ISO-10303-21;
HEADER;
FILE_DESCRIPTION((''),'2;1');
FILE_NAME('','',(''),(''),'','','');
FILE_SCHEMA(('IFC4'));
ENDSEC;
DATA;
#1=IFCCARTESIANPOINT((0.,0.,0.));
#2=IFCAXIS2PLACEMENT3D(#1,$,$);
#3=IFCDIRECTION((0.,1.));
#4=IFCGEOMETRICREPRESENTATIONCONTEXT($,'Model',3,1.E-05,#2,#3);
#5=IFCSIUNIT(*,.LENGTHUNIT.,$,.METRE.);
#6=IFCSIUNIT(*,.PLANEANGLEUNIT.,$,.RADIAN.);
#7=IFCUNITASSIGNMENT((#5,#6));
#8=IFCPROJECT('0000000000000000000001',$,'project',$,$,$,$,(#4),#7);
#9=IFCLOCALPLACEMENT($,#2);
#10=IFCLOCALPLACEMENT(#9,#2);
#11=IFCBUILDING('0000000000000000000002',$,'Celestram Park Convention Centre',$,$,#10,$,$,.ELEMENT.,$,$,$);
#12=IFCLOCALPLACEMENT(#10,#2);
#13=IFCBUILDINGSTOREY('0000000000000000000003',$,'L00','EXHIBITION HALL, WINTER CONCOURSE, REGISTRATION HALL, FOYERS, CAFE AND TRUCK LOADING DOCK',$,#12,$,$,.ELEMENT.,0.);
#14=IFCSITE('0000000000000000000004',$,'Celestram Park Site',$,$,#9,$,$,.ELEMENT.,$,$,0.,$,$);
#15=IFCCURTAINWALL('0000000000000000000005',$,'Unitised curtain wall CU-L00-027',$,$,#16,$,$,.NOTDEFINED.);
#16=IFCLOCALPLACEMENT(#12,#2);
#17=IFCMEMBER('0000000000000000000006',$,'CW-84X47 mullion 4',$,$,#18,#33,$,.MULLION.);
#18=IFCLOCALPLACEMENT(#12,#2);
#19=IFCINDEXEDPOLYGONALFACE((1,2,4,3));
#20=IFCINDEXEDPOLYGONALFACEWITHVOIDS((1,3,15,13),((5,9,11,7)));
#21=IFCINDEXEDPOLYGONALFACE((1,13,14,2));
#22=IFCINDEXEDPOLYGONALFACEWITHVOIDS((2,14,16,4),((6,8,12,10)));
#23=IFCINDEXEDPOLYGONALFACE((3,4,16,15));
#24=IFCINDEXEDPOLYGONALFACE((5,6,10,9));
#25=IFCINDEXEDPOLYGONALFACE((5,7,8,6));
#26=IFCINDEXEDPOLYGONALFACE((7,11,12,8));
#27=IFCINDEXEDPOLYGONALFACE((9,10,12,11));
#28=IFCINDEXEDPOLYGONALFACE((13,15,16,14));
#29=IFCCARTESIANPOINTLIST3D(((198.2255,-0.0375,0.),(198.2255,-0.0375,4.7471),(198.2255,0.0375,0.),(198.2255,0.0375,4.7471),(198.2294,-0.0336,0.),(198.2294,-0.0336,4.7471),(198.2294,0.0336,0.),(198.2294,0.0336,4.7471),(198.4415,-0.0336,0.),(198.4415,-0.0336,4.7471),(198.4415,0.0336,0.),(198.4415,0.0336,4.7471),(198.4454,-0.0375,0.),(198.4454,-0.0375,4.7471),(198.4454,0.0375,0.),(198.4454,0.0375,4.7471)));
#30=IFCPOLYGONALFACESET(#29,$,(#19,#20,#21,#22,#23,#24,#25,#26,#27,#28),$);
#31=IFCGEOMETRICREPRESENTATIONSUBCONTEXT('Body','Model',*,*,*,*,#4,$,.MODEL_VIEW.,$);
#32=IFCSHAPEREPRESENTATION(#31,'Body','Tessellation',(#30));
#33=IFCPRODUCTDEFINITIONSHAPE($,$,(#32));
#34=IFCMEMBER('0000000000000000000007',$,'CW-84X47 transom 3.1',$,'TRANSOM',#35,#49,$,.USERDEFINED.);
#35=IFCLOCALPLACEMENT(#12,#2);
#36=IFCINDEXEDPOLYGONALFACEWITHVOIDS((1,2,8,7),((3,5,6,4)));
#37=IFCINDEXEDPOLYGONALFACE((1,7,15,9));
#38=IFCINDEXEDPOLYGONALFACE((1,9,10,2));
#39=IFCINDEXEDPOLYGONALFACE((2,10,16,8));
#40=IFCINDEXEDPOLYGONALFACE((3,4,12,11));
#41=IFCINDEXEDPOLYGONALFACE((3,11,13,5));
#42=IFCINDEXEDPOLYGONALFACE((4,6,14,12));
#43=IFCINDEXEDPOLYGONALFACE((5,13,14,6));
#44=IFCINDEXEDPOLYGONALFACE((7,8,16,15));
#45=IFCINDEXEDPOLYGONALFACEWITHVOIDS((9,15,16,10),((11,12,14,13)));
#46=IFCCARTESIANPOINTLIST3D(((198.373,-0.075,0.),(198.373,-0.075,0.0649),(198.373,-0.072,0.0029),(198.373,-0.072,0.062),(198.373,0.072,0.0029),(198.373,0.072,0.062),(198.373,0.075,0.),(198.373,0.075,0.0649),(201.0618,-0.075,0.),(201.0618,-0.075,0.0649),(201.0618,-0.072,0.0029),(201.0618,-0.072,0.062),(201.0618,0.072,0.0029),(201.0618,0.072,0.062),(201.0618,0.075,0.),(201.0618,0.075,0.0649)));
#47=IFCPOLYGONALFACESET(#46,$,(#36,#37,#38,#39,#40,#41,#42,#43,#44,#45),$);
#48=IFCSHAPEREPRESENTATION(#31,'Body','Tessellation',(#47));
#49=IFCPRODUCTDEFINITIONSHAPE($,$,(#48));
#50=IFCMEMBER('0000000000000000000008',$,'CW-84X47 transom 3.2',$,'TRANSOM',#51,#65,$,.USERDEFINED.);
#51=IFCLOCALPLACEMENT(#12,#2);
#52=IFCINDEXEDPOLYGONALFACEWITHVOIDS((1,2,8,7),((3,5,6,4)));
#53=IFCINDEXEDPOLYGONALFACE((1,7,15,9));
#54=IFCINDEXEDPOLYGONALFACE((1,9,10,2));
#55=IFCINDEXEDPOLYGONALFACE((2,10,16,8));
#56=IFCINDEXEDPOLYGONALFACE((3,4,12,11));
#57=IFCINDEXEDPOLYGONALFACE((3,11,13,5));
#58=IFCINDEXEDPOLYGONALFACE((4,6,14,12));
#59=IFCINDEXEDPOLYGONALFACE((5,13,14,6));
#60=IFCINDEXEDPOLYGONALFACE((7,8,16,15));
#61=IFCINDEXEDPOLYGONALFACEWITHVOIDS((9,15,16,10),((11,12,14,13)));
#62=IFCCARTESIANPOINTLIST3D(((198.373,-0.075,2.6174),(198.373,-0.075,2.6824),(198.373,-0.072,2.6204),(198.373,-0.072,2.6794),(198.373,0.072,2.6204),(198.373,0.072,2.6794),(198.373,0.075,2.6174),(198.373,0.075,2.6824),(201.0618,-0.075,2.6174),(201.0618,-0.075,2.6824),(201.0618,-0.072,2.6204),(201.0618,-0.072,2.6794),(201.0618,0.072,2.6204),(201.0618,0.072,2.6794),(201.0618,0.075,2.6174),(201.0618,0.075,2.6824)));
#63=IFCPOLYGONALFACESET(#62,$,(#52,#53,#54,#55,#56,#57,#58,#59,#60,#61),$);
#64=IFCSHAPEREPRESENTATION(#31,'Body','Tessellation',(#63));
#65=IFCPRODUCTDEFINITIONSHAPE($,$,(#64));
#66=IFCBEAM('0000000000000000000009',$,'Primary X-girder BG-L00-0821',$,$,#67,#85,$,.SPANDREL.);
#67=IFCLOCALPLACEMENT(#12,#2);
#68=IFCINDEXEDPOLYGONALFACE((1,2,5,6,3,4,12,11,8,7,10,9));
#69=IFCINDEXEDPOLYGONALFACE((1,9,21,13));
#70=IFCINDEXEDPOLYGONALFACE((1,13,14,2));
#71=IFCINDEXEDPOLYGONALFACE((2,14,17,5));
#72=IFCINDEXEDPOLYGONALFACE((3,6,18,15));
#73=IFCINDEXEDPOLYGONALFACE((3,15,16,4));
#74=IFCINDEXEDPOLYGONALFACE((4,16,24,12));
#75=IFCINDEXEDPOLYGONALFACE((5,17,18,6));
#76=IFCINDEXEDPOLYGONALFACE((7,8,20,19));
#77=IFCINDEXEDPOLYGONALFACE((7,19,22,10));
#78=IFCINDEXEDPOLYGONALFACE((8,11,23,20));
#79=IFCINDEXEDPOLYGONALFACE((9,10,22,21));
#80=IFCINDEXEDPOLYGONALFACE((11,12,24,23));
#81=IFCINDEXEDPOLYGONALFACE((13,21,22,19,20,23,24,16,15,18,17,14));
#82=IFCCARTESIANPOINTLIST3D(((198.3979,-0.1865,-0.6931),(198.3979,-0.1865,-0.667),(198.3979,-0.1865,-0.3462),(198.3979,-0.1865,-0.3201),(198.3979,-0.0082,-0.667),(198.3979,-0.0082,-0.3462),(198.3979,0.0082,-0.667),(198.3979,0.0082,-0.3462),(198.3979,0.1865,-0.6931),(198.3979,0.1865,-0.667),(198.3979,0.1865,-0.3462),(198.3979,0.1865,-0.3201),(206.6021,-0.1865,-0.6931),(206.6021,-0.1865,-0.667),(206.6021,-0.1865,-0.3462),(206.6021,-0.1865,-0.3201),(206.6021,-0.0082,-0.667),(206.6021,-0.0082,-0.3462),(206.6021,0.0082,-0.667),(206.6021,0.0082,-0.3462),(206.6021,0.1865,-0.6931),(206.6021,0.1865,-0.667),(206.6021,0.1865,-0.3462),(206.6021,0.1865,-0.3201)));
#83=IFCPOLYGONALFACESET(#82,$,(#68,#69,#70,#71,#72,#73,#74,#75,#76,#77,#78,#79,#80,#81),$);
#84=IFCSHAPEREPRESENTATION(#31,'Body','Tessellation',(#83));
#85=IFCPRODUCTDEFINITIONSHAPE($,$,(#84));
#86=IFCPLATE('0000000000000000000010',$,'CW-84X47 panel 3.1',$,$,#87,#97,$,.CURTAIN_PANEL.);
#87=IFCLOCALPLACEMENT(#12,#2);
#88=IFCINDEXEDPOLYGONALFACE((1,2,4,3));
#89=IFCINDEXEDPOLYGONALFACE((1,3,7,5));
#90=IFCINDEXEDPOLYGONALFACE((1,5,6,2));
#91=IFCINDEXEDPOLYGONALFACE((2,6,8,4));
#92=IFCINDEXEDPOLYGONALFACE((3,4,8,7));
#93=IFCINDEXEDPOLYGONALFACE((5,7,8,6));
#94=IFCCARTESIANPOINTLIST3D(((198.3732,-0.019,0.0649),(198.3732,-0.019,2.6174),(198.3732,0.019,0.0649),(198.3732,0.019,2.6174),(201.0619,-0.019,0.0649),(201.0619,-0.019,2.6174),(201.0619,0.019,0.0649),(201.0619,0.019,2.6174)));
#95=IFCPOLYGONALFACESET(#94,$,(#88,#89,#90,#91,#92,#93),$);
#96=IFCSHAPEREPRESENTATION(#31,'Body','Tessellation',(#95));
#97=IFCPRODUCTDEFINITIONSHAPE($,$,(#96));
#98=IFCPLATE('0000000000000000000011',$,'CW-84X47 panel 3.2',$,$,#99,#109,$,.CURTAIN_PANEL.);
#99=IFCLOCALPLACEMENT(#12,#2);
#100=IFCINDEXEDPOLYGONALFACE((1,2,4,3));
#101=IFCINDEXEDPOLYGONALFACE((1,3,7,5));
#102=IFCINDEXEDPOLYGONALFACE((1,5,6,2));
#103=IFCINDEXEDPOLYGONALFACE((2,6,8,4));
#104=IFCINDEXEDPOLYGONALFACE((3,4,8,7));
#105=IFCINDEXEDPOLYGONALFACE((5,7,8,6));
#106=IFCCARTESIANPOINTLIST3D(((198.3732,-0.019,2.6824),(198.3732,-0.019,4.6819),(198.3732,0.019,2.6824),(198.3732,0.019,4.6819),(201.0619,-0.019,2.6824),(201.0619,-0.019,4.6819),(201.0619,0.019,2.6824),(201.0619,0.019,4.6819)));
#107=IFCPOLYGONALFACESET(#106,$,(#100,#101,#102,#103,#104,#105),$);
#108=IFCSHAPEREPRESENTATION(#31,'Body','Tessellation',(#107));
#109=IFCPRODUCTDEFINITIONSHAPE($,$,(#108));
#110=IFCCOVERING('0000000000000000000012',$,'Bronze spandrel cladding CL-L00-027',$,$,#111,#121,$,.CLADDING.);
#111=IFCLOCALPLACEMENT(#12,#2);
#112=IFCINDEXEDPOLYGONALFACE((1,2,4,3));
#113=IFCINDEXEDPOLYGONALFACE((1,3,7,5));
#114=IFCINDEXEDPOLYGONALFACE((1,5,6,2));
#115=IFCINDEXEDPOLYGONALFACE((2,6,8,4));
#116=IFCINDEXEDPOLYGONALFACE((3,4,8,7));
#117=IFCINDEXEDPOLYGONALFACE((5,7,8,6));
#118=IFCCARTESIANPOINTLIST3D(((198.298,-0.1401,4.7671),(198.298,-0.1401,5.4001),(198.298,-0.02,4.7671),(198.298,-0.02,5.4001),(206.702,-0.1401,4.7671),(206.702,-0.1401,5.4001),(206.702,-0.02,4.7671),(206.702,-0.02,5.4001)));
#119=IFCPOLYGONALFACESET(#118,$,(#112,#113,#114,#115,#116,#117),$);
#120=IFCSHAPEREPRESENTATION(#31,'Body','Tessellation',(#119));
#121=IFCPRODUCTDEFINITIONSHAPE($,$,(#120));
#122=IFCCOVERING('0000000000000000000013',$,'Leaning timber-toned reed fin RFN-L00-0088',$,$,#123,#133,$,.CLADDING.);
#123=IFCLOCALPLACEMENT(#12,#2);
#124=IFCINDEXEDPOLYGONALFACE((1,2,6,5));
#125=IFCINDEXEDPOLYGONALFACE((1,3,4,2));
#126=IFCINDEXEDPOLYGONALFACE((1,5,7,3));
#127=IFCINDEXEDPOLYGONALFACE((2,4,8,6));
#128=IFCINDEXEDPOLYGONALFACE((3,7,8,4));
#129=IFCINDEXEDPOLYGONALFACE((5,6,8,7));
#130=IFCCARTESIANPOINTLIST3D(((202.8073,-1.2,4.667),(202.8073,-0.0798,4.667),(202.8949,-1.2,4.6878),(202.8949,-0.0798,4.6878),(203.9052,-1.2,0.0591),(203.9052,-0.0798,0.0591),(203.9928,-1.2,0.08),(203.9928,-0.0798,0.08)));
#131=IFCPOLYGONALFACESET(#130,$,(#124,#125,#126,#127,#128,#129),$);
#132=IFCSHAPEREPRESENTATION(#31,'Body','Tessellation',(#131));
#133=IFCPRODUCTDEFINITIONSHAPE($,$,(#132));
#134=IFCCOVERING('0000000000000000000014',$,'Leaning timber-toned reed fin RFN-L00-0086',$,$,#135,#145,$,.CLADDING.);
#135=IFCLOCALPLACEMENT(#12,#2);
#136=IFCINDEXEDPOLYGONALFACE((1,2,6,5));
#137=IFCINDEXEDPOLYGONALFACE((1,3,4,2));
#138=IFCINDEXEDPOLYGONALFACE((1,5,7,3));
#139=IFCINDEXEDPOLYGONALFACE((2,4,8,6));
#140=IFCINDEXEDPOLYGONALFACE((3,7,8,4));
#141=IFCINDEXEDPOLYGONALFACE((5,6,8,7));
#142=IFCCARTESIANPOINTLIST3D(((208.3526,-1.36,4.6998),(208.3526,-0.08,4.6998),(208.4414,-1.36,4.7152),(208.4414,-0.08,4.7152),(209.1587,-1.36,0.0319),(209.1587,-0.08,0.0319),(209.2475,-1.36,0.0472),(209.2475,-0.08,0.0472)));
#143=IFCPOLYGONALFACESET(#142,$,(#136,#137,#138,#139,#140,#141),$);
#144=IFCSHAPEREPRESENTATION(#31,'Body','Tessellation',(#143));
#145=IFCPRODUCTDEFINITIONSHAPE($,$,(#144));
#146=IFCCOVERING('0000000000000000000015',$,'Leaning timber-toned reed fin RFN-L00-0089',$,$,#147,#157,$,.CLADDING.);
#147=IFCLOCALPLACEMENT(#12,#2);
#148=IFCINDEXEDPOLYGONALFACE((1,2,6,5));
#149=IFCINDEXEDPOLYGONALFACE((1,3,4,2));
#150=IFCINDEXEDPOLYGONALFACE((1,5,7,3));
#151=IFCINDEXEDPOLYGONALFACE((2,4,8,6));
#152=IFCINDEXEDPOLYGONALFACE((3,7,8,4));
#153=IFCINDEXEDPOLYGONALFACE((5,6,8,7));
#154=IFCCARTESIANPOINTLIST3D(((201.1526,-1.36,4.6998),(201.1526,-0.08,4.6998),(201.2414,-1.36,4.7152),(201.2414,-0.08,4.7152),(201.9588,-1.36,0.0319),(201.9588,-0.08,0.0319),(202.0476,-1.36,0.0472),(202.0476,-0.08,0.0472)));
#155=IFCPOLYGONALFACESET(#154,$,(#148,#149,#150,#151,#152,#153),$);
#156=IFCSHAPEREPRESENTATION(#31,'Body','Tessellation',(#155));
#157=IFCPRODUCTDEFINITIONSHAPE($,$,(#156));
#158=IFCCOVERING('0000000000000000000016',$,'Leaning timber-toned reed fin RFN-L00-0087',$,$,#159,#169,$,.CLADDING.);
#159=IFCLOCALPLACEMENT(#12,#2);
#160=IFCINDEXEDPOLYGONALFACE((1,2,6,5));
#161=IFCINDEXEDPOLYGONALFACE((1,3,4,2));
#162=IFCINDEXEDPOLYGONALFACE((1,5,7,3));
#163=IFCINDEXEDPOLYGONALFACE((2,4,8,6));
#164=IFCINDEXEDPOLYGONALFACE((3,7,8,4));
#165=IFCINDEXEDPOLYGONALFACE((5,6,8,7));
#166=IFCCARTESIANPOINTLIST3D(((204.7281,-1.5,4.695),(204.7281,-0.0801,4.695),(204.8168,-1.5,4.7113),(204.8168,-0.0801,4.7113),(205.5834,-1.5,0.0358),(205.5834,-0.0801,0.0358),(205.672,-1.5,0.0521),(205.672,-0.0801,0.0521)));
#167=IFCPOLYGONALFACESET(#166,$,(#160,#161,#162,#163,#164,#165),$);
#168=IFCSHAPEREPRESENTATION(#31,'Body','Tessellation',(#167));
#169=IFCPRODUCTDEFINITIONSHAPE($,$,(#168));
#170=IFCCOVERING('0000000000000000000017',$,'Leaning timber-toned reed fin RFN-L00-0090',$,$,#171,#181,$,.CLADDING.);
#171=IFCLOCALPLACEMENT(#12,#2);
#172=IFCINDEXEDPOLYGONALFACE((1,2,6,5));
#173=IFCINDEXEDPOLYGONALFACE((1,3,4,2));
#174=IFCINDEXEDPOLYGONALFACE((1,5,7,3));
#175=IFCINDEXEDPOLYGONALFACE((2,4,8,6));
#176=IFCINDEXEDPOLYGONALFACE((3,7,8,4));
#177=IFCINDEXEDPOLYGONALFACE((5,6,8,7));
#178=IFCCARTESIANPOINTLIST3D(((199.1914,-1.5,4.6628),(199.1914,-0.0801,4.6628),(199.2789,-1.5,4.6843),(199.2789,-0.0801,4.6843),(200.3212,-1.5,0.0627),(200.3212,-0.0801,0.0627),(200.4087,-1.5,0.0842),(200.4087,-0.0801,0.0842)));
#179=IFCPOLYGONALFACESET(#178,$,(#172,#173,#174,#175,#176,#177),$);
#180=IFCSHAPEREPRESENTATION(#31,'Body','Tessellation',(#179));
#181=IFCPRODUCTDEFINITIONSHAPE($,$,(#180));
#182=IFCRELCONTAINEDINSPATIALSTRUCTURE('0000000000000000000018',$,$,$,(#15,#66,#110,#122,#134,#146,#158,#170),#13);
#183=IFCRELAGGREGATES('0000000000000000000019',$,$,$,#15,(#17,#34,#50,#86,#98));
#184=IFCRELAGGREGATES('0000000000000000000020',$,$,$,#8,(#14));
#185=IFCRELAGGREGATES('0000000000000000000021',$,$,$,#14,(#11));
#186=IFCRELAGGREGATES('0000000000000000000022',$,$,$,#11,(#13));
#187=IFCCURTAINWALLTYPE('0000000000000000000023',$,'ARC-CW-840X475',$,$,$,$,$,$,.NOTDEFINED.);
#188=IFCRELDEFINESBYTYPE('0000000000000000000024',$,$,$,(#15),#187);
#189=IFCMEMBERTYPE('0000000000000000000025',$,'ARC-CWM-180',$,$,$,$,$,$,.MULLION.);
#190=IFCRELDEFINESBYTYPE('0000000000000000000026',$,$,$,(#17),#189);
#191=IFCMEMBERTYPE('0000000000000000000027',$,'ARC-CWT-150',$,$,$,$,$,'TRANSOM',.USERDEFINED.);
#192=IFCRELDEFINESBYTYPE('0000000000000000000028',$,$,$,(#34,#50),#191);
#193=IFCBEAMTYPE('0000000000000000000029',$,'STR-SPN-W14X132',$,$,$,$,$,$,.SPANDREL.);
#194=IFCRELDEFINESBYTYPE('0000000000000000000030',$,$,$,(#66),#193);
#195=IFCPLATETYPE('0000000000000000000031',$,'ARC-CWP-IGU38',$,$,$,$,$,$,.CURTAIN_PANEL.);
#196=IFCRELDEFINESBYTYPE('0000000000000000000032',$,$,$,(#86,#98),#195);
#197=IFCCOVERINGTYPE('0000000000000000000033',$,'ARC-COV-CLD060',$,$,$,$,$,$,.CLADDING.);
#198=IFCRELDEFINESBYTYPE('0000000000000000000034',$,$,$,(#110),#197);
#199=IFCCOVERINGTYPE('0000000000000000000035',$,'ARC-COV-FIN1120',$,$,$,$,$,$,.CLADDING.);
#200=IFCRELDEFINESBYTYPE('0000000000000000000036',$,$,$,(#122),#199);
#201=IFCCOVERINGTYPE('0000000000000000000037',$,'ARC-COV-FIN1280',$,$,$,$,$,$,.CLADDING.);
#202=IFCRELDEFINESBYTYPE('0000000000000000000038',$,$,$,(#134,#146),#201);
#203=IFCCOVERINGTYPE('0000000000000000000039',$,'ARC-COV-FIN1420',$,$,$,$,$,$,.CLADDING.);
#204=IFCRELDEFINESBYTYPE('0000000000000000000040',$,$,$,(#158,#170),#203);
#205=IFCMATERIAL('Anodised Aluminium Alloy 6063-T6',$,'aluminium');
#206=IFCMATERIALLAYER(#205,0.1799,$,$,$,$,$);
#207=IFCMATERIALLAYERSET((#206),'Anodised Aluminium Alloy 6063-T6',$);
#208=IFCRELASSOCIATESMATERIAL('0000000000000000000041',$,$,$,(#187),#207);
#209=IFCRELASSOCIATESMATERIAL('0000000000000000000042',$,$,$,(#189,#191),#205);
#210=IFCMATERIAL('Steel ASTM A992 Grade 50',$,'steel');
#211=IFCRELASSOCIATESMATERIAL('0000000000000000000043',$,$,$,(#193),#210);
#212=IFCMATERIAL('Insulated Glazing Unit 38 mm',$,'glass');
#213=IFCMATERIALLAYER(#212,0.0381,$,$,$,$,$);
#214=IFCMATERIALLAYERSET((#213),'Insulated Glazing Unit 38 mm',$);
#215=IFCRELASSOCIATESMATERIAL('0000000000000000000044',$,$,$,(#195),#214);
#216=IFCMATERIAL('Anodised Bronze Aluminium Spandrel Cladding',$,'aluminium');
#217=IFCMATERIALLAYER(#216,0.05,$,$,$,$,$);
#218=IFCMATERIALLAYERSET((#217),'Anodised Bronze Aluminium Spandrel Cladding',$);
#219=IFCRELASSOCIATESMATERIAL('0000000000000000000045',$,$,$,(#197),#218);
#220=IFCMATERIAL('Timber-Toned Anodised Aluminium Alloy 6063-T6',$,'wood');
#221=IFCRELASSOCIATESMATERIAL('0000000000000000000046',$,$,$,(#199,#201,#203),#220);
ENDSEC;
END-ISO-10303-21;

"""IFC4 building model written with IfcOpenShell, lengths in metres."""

from ifc_helpers import new_model, si_unit, direction, frame, origin, origin_2d, place, context, subcontext, project, spatial, rectangle, hollow_rectangle, i_section, extrude, material, layer, layer_set, material_profile, profile_set, type_object, element, aggregate, save


model = new_model("IFC4")

# Units and contexts
model_context = context("Model", 3, precision=1e-05, world=origin(), true_north=direction((0.0, 1.0)))
body_context = subcontext(model_context, "Body", "Model", "MODEL_VIEW")
ifc_project = project(units=[si_unit("LENGTHUNIT", "METRE"), si_unit("PLANEANGLEUNIT", "RADIAN")], contexts=[model_context])

# Site, building, storey
site_placement = place(None, origin())
site = spatial("IfcSite", under=ifc_project, at=site_placement, Name="Celestram Park Site", CompositionType="ELEMENT", RefElevation=0.0)
building_placement = place(site_placement, origin())
building = spatial("IfcBuilding", under=site, at=building_placement, Name="Celestram Park Convention Centre", CompositionType="ELEMENT")
storey_placement = place(building_placement, origin())
storey = spatial("IfcBuildingStorey", under=building, at=storey_placement, Name="L00", Description="EXHIBITION HALL, WINTER CONCOURSE, REGISTRATION HALL, FOYERS, CAFE AND TRUCK LOADING DOCK", CompositionType="ELEMENT", Elevation=0.0)

# Curtain wall, members
ifc_material_1 = material(Name="Anodised Aluminium Alloy 6063-T6", Category="aluminium")
ifc_layer_1 = layer(ifc_material_1, 0.1799)
ifc_layer_set_1 = layer_set([ifc_layer_1], Name="Anodised Aluminium Alloy 6063-T6")
curtain_wall_type = type_object("IfcCurtainWallType", Name="ARC-CW-840X475", PredefinedType="NOTDEFINED", material=ifc_layer_set_1)
curtain_wall_placement = place(storey_placement, origin())
curtain_wall = element("IfcCurtainWall", 1, at=curtain_wall_placement, inside=storey, type_object=curtain_wall_type, Name="Unitised curtain wall CU-L00-027", PredefinedType="NOTDEFINED")
ifc_material_profile_1 = material_profile(ifc_material_1, hollow_rectangle(XDim=0.075, YDim=0.22, WallThickness=0.0039, at=origin_2d()), Name="ALU75X220X4")
ifc_profile_set_1 = profile_set([ifc_material_profile_1], Name="Anodised Aluminium Alloy 6063-T6")
member_type_1 = type_object("IfcMemberType", Name="ARC-CWM-180", PredefinedType="MULLION", material=ifc_profile_set_1)
member_1_placement = place(storey_placement, frame((198.3354, 0.0, 0.0), z_axis=(0.0, 0.0, 1.0), x_axis=(0.0, -1.0, 0.0)))
member_1 = element("IfcMember", 2, at=member_1_placement, type_object=member_type_1, Name="CW-84X47 mullion 4", PredefinedType="MULLION", context=body_context, shape_type="SweptSolid", body=[
    extrude(hollow_rectangle(XDim=0.075, YDim=0.22, WallThickness=0.0039, at=origin_2d()), origin(), (0.0, 0.0, 1.0), 4.7471),
])
ifc_material_profile_2 = material_profile(ifc_material_1, hollow_rectangle(XDim=0.1499, YDim=0.0649, WallThickness=0.0029, at=origin_2d()), Name="ALU150X65X3")
ifc_profile_set_2 = profile_set([ifc_material_profile_2], Name="Anodised Aluminium Alloy 6063-T6")
member_type_2 = type_object("IfcMemberType", Name="ARC-CWT-150", ElementType="TRANSOM", PredefinedType="USERDEFINED", material=ifc_profile_set_2)
member_2_placement = place(storey_placement, frame((201.0618, 0.0, 0.0325), z_axis=(-1.0, 0.0, 0.0), x_axis=(0.0, -1.0, 0.0)))
member_2 = element("IfcMember", 3, at=member_2_placement, type_object=member_type_2, Name="CW-84X47 transom 3.1", ObjectType="TRANSOM", PredefinedType="USERDEFINED", context=body_context, shape_type="SweptSolid", body=[
    extrude(hollow_rectangle(XDim=0.1499, YDim=0.0649, WallThickness=0.0029, at=origin_2d()), origin(), (0.0, 0.0, 1.0), 2.6887),
])
member_3_placement = place(storey_placement, frame((201.0618, 0.0, 2.6499), z_axis=(-1.0, 0.0, 0.0), x_axis=(0.0, -1.0, 0.0)))
member_3 = element("IfcMember", 4, at=member_3_placement, type_object=member_type_2, Name="CW-84X47 transom 3.2", ObjectType="TRANSOM", PredefinedType="USERDEFINED", context=body_context, shape_type="SweptSolid", body=[
    extrude(hollow_rectangle(XDim=0.1499, YDim=0.0649, WallThickness=0.0029, at=origin_2d()), origin(), (0.0, 0.0, 1.0), 2.6887),
])

# Beam
ifc_material_2 = material(Name="Steel ASTM A992 Grade 50", Category="steel")
ifc_material_profile_3 = material_profile(ifc_material_2, i_section(OverallWidth=0.373, OverallDepth=0.373, WebThickness=0.0164, FlangeThickness=0.0261, at=origin_2d()), Name="W14X132")
ifc_profile_set_3 = profile_set([ifc_material_profile_3], Name="Steel ASTM A992 Grade 50")
beam_type = type_object("IfcBeamType", Name="STR-SPN-W14X132", PredefinedType="SPANDREL", material=ifc_profile_set_3)
beam_placement = place(storey_placement, frame((198.3979, 0.0, -0.5066), z_axis=(1.0, 0.0, 0.0), x_axis=(0.0, 1.0, 0.0)))
element("IfcBeam", 5, at=beam_placement, inside=storey, type_object=beam_type, Name="Primary X-girder BG-L00-0821", PredefinedType="SPANDREL", context=body_context, shape_type="SweptSolid", body=[
    extrude(i_section(OverallWidth=0.373, OverallDepth=0.373, WebThickness=0.0164, FlangeThickness=0.0261, at=origin_2d()), origin(), (0.0, 0.0, 1.0), 8.2041),
])

# Plates
ifc_material_3 = material(Name="Insulated Glazing Unit 38 mm", Category="glass")
ifc_layer_2 = layer(ifc_material_3, 0.0381)
ifc_layer_set_2 = layer_set([ifc_layer_2], Name="Insulated Glazing Unit 38 mm")
plate_type = type_object("IfcPlateType", Name="ARC-CWP-IGU38", PredefinedType="CURTAIN_PANEL", material=ifc_layer_set_2)
plate_1_placement = place(storey_placement, frame((199.7175, 0.0, 0.0649), z_axis=(0.0, 0.0, 1.0), x_axis=(-1.0, 0.0, 0.0)))
plate_1 = element("IfcPlate", 6, at=plate_1_placement, type_object=plate_type, Name="CW-84X47 panel 3.1", PredefinedType="CURTAIN_PANEL", context=body_context, shape_type="SweptSolid", body=[
    extrude(rectangle(XDim=2.6887, YDim=0.0381, at=origin_2d()), origin(), (0.0, 0.0, 1.0), 2.5525),
])
plate_2_placement = place(storey_placement, frame((199.7175, 0.0, 2.6824), z_axis=(0.0, 0.0, 1.0), x_axis=(-1.0, 0.0, 0.0)))
plate_2 = element("IfcPlate", 7, at=plate_2_placement, type_object=plate_type, Name="CW-84X47 panel 3.2", PredefinedType="CURTAIN_PANEL", context=body_context, shape_type="SweptSolid", body=[
    extrude(rectangle(XDim=2.6887, YDim=0.0381, at=origin_2d()), origin(), (0.0, 0.0, 1.0), 1.9995),
])
aggregate(curtain_wall, [member_1, member_2, member_3, plate_1, plate_2])

# Coverings
ifc_material_4 = material(Name="Anodised Bronze Aluminium Spandrel Cladding", Category="aluminium")
ifc_layer_3 = layer(ifc_material_4, 0.05)
ifc_layer_set_3 = layer_set([ifc_layer_3], Name="Anodised Bronze Aluminium Spandrel Cladding")
covering_type_1 = type_object("IfcCoveringType", Name="ARC-COV-CLD060", PredefinedType="CLADDING", material=ifc_layer_set_3)
covering_1_placement = place(storey_placement, frame((202.5, -0.0801, 4.7671), z_axis=(0.0, 0.0, 1.0), x_axis=(-1.0, 0.0, 0.0)))
element("IfcCovering", 8, at=covering_1_placement, inside=storey, type_object=covering_type_1, Name="Bronze spandrel cladding CL-L00-027", PredefinedType="CLADDING", context=body_context, shape_type="SweptSolid", body=[
    extrude(rectangle(XDim=8.4041, YDim=0.1201, at=origin_2d()), origin(), (0.0, 0.0, 1.0), 0.6331),
])
ifc_material_5 = material(Name="Timber-Toned Anodised Aluminium Alloy 6063-T6", Category="wood")
ifc_material_profile_4 = material_profile(ifc_material_5, rectangle(XDim=1.1201, YDim=0.0901, at=origin_2d()), Name="REED1120X90")
ifc_profile_set_4 = profile_set([ifc_material_profile_4], Name="Timber-Toned Anodised Aluminium Alloy 6063-T6")
covering_type_2 = type_object("IfcCoveringType", Name="ARC-COV-FIN1120", PredefinedType="CLADDING", material=ifc_profile_set_4)
covering_2_placement = place(storey_placement, frame((203.949, -0.6399, 0.0696), z_axis=(-0.231776, 0.0, 0.972769), x_axis=(0.0, -1.0, 0.0)))
element("IfcCovering", 9, at=covering_2_placement, inside=storey, type_object=covering_type_2, Name="Leaning timber-toned reed fin RFN-L00-0088", PredefinedType="CLADDING", context=body_context, shape_type="SweptSolid", body=[
    extrude(rectangle(XDim=1.1201, YDim=0.0901, at=origin_2d()), origin(), (0.0, 0.0, 1.0), 4.7368),
])
ifc_material_profile_5 = material_profile(ifc_material_5, rectangle(XDim=1.28, YDim=0.0901, at=origin_2d()), Name="REED1280X90")
ifc_profile_set_5 = profile_set([ifc_material_profile_5], Name="Timber-Toned Anodised Aluminium Alloy 6063-T6")
covering_type_3 = type_object("IfcCoveringType", Name="ARC-COV-FIN1280", PredefinedType="CLADDING", material=ifc_profile_set_5)
for number, where, z_axis, x_axis, name in (
    (10, (209.2031, -0.72, 0.0396), (-0.17018, 0.0, 0.985413), (0.0, -1.0, 0.0), "Leaning timber-toned reed fin RFN-L00-0086"),
    (11, (202.0032, -0.72, 0.0396), (-0.17018, 0.0, 0.985413), (0.0, -1.0, 0.0), "Leaning timber-toned reed fin RFN-L00-0089"),
):
    element("IfcCovering", number, at=place(storey_placement, frame(where, z_axis=z_axis, x_axis=x_axis)), inside=storey, type_object=covering_type_3, Name=name, PredefinedType="CLADDING", context=body_context, shape_type="SweptSolid", body=[
        extrude(rectangle(XDim=1.28, YDim=0.0901, at=origin_2d()), origin(), (0.0, 0.0, 1.0), 4.7371),
    ])
ifc_material_profile_6 = material_profile(ifc_material_5, rectangle(XDim=1.4199, YDim=0.0901, at=origin_2d()), Name="REED1420X90")
ifc_profile_set_6 = profile_set([ifc_material_profile_6], Name="Timber-Toned Anodised Aluminium Alloy 6063-T6")
covering_type_4 = type_object("IfcCoveringType", Name="ARC-COV-FIN1420", PredefinedType="CLADDING", material=ifc_profile_set_6)
covering_3_placement = place(storey_placement, frame((205.6277, -0.79, 0.0439), z_axis=(-0.180541, 0.0, 0.983568), x_axis=(0.0, -1.0, 0.0)))
element("IfcCovering", 12, at=covering_3_placement, inside=storey, type_object=covering_type_4, Name="Leaning timber-toned reed fin RFN-L00-0087", PredefinedType="CLADDING", context=body_context, shape_type="SweptSolid", body=[
    extrude(rectangle(XDim=1.4199, YDim=0.0901, at=origin_2d()), origin(), (0.0, 0.0, 1.0), 4.7371),
])
covering_4_placement = place(storey_placement, frame((200.365, -0.79, 0.0735), z_axis=(-0.238532, 0.0, 0.971135), x_axis=(0.0, -1.0, 0.0)))
element("IfcCovering", 13, at=covering_4_placement, inside=storey, type_object=covering_type_4, Name="Leaning timber-toned reed fin RFN-L00-0090", PredefinedType="CLADDING", context=body_context, shape_type="SweptSolid", body=[
    extrude(rectangle(XDim=1.4199, YDim=0.0901, at=origin_2d()), origin(), (0.0, 0.0, 1.0), 4.7368),
])

save(model, "model.ifc")
